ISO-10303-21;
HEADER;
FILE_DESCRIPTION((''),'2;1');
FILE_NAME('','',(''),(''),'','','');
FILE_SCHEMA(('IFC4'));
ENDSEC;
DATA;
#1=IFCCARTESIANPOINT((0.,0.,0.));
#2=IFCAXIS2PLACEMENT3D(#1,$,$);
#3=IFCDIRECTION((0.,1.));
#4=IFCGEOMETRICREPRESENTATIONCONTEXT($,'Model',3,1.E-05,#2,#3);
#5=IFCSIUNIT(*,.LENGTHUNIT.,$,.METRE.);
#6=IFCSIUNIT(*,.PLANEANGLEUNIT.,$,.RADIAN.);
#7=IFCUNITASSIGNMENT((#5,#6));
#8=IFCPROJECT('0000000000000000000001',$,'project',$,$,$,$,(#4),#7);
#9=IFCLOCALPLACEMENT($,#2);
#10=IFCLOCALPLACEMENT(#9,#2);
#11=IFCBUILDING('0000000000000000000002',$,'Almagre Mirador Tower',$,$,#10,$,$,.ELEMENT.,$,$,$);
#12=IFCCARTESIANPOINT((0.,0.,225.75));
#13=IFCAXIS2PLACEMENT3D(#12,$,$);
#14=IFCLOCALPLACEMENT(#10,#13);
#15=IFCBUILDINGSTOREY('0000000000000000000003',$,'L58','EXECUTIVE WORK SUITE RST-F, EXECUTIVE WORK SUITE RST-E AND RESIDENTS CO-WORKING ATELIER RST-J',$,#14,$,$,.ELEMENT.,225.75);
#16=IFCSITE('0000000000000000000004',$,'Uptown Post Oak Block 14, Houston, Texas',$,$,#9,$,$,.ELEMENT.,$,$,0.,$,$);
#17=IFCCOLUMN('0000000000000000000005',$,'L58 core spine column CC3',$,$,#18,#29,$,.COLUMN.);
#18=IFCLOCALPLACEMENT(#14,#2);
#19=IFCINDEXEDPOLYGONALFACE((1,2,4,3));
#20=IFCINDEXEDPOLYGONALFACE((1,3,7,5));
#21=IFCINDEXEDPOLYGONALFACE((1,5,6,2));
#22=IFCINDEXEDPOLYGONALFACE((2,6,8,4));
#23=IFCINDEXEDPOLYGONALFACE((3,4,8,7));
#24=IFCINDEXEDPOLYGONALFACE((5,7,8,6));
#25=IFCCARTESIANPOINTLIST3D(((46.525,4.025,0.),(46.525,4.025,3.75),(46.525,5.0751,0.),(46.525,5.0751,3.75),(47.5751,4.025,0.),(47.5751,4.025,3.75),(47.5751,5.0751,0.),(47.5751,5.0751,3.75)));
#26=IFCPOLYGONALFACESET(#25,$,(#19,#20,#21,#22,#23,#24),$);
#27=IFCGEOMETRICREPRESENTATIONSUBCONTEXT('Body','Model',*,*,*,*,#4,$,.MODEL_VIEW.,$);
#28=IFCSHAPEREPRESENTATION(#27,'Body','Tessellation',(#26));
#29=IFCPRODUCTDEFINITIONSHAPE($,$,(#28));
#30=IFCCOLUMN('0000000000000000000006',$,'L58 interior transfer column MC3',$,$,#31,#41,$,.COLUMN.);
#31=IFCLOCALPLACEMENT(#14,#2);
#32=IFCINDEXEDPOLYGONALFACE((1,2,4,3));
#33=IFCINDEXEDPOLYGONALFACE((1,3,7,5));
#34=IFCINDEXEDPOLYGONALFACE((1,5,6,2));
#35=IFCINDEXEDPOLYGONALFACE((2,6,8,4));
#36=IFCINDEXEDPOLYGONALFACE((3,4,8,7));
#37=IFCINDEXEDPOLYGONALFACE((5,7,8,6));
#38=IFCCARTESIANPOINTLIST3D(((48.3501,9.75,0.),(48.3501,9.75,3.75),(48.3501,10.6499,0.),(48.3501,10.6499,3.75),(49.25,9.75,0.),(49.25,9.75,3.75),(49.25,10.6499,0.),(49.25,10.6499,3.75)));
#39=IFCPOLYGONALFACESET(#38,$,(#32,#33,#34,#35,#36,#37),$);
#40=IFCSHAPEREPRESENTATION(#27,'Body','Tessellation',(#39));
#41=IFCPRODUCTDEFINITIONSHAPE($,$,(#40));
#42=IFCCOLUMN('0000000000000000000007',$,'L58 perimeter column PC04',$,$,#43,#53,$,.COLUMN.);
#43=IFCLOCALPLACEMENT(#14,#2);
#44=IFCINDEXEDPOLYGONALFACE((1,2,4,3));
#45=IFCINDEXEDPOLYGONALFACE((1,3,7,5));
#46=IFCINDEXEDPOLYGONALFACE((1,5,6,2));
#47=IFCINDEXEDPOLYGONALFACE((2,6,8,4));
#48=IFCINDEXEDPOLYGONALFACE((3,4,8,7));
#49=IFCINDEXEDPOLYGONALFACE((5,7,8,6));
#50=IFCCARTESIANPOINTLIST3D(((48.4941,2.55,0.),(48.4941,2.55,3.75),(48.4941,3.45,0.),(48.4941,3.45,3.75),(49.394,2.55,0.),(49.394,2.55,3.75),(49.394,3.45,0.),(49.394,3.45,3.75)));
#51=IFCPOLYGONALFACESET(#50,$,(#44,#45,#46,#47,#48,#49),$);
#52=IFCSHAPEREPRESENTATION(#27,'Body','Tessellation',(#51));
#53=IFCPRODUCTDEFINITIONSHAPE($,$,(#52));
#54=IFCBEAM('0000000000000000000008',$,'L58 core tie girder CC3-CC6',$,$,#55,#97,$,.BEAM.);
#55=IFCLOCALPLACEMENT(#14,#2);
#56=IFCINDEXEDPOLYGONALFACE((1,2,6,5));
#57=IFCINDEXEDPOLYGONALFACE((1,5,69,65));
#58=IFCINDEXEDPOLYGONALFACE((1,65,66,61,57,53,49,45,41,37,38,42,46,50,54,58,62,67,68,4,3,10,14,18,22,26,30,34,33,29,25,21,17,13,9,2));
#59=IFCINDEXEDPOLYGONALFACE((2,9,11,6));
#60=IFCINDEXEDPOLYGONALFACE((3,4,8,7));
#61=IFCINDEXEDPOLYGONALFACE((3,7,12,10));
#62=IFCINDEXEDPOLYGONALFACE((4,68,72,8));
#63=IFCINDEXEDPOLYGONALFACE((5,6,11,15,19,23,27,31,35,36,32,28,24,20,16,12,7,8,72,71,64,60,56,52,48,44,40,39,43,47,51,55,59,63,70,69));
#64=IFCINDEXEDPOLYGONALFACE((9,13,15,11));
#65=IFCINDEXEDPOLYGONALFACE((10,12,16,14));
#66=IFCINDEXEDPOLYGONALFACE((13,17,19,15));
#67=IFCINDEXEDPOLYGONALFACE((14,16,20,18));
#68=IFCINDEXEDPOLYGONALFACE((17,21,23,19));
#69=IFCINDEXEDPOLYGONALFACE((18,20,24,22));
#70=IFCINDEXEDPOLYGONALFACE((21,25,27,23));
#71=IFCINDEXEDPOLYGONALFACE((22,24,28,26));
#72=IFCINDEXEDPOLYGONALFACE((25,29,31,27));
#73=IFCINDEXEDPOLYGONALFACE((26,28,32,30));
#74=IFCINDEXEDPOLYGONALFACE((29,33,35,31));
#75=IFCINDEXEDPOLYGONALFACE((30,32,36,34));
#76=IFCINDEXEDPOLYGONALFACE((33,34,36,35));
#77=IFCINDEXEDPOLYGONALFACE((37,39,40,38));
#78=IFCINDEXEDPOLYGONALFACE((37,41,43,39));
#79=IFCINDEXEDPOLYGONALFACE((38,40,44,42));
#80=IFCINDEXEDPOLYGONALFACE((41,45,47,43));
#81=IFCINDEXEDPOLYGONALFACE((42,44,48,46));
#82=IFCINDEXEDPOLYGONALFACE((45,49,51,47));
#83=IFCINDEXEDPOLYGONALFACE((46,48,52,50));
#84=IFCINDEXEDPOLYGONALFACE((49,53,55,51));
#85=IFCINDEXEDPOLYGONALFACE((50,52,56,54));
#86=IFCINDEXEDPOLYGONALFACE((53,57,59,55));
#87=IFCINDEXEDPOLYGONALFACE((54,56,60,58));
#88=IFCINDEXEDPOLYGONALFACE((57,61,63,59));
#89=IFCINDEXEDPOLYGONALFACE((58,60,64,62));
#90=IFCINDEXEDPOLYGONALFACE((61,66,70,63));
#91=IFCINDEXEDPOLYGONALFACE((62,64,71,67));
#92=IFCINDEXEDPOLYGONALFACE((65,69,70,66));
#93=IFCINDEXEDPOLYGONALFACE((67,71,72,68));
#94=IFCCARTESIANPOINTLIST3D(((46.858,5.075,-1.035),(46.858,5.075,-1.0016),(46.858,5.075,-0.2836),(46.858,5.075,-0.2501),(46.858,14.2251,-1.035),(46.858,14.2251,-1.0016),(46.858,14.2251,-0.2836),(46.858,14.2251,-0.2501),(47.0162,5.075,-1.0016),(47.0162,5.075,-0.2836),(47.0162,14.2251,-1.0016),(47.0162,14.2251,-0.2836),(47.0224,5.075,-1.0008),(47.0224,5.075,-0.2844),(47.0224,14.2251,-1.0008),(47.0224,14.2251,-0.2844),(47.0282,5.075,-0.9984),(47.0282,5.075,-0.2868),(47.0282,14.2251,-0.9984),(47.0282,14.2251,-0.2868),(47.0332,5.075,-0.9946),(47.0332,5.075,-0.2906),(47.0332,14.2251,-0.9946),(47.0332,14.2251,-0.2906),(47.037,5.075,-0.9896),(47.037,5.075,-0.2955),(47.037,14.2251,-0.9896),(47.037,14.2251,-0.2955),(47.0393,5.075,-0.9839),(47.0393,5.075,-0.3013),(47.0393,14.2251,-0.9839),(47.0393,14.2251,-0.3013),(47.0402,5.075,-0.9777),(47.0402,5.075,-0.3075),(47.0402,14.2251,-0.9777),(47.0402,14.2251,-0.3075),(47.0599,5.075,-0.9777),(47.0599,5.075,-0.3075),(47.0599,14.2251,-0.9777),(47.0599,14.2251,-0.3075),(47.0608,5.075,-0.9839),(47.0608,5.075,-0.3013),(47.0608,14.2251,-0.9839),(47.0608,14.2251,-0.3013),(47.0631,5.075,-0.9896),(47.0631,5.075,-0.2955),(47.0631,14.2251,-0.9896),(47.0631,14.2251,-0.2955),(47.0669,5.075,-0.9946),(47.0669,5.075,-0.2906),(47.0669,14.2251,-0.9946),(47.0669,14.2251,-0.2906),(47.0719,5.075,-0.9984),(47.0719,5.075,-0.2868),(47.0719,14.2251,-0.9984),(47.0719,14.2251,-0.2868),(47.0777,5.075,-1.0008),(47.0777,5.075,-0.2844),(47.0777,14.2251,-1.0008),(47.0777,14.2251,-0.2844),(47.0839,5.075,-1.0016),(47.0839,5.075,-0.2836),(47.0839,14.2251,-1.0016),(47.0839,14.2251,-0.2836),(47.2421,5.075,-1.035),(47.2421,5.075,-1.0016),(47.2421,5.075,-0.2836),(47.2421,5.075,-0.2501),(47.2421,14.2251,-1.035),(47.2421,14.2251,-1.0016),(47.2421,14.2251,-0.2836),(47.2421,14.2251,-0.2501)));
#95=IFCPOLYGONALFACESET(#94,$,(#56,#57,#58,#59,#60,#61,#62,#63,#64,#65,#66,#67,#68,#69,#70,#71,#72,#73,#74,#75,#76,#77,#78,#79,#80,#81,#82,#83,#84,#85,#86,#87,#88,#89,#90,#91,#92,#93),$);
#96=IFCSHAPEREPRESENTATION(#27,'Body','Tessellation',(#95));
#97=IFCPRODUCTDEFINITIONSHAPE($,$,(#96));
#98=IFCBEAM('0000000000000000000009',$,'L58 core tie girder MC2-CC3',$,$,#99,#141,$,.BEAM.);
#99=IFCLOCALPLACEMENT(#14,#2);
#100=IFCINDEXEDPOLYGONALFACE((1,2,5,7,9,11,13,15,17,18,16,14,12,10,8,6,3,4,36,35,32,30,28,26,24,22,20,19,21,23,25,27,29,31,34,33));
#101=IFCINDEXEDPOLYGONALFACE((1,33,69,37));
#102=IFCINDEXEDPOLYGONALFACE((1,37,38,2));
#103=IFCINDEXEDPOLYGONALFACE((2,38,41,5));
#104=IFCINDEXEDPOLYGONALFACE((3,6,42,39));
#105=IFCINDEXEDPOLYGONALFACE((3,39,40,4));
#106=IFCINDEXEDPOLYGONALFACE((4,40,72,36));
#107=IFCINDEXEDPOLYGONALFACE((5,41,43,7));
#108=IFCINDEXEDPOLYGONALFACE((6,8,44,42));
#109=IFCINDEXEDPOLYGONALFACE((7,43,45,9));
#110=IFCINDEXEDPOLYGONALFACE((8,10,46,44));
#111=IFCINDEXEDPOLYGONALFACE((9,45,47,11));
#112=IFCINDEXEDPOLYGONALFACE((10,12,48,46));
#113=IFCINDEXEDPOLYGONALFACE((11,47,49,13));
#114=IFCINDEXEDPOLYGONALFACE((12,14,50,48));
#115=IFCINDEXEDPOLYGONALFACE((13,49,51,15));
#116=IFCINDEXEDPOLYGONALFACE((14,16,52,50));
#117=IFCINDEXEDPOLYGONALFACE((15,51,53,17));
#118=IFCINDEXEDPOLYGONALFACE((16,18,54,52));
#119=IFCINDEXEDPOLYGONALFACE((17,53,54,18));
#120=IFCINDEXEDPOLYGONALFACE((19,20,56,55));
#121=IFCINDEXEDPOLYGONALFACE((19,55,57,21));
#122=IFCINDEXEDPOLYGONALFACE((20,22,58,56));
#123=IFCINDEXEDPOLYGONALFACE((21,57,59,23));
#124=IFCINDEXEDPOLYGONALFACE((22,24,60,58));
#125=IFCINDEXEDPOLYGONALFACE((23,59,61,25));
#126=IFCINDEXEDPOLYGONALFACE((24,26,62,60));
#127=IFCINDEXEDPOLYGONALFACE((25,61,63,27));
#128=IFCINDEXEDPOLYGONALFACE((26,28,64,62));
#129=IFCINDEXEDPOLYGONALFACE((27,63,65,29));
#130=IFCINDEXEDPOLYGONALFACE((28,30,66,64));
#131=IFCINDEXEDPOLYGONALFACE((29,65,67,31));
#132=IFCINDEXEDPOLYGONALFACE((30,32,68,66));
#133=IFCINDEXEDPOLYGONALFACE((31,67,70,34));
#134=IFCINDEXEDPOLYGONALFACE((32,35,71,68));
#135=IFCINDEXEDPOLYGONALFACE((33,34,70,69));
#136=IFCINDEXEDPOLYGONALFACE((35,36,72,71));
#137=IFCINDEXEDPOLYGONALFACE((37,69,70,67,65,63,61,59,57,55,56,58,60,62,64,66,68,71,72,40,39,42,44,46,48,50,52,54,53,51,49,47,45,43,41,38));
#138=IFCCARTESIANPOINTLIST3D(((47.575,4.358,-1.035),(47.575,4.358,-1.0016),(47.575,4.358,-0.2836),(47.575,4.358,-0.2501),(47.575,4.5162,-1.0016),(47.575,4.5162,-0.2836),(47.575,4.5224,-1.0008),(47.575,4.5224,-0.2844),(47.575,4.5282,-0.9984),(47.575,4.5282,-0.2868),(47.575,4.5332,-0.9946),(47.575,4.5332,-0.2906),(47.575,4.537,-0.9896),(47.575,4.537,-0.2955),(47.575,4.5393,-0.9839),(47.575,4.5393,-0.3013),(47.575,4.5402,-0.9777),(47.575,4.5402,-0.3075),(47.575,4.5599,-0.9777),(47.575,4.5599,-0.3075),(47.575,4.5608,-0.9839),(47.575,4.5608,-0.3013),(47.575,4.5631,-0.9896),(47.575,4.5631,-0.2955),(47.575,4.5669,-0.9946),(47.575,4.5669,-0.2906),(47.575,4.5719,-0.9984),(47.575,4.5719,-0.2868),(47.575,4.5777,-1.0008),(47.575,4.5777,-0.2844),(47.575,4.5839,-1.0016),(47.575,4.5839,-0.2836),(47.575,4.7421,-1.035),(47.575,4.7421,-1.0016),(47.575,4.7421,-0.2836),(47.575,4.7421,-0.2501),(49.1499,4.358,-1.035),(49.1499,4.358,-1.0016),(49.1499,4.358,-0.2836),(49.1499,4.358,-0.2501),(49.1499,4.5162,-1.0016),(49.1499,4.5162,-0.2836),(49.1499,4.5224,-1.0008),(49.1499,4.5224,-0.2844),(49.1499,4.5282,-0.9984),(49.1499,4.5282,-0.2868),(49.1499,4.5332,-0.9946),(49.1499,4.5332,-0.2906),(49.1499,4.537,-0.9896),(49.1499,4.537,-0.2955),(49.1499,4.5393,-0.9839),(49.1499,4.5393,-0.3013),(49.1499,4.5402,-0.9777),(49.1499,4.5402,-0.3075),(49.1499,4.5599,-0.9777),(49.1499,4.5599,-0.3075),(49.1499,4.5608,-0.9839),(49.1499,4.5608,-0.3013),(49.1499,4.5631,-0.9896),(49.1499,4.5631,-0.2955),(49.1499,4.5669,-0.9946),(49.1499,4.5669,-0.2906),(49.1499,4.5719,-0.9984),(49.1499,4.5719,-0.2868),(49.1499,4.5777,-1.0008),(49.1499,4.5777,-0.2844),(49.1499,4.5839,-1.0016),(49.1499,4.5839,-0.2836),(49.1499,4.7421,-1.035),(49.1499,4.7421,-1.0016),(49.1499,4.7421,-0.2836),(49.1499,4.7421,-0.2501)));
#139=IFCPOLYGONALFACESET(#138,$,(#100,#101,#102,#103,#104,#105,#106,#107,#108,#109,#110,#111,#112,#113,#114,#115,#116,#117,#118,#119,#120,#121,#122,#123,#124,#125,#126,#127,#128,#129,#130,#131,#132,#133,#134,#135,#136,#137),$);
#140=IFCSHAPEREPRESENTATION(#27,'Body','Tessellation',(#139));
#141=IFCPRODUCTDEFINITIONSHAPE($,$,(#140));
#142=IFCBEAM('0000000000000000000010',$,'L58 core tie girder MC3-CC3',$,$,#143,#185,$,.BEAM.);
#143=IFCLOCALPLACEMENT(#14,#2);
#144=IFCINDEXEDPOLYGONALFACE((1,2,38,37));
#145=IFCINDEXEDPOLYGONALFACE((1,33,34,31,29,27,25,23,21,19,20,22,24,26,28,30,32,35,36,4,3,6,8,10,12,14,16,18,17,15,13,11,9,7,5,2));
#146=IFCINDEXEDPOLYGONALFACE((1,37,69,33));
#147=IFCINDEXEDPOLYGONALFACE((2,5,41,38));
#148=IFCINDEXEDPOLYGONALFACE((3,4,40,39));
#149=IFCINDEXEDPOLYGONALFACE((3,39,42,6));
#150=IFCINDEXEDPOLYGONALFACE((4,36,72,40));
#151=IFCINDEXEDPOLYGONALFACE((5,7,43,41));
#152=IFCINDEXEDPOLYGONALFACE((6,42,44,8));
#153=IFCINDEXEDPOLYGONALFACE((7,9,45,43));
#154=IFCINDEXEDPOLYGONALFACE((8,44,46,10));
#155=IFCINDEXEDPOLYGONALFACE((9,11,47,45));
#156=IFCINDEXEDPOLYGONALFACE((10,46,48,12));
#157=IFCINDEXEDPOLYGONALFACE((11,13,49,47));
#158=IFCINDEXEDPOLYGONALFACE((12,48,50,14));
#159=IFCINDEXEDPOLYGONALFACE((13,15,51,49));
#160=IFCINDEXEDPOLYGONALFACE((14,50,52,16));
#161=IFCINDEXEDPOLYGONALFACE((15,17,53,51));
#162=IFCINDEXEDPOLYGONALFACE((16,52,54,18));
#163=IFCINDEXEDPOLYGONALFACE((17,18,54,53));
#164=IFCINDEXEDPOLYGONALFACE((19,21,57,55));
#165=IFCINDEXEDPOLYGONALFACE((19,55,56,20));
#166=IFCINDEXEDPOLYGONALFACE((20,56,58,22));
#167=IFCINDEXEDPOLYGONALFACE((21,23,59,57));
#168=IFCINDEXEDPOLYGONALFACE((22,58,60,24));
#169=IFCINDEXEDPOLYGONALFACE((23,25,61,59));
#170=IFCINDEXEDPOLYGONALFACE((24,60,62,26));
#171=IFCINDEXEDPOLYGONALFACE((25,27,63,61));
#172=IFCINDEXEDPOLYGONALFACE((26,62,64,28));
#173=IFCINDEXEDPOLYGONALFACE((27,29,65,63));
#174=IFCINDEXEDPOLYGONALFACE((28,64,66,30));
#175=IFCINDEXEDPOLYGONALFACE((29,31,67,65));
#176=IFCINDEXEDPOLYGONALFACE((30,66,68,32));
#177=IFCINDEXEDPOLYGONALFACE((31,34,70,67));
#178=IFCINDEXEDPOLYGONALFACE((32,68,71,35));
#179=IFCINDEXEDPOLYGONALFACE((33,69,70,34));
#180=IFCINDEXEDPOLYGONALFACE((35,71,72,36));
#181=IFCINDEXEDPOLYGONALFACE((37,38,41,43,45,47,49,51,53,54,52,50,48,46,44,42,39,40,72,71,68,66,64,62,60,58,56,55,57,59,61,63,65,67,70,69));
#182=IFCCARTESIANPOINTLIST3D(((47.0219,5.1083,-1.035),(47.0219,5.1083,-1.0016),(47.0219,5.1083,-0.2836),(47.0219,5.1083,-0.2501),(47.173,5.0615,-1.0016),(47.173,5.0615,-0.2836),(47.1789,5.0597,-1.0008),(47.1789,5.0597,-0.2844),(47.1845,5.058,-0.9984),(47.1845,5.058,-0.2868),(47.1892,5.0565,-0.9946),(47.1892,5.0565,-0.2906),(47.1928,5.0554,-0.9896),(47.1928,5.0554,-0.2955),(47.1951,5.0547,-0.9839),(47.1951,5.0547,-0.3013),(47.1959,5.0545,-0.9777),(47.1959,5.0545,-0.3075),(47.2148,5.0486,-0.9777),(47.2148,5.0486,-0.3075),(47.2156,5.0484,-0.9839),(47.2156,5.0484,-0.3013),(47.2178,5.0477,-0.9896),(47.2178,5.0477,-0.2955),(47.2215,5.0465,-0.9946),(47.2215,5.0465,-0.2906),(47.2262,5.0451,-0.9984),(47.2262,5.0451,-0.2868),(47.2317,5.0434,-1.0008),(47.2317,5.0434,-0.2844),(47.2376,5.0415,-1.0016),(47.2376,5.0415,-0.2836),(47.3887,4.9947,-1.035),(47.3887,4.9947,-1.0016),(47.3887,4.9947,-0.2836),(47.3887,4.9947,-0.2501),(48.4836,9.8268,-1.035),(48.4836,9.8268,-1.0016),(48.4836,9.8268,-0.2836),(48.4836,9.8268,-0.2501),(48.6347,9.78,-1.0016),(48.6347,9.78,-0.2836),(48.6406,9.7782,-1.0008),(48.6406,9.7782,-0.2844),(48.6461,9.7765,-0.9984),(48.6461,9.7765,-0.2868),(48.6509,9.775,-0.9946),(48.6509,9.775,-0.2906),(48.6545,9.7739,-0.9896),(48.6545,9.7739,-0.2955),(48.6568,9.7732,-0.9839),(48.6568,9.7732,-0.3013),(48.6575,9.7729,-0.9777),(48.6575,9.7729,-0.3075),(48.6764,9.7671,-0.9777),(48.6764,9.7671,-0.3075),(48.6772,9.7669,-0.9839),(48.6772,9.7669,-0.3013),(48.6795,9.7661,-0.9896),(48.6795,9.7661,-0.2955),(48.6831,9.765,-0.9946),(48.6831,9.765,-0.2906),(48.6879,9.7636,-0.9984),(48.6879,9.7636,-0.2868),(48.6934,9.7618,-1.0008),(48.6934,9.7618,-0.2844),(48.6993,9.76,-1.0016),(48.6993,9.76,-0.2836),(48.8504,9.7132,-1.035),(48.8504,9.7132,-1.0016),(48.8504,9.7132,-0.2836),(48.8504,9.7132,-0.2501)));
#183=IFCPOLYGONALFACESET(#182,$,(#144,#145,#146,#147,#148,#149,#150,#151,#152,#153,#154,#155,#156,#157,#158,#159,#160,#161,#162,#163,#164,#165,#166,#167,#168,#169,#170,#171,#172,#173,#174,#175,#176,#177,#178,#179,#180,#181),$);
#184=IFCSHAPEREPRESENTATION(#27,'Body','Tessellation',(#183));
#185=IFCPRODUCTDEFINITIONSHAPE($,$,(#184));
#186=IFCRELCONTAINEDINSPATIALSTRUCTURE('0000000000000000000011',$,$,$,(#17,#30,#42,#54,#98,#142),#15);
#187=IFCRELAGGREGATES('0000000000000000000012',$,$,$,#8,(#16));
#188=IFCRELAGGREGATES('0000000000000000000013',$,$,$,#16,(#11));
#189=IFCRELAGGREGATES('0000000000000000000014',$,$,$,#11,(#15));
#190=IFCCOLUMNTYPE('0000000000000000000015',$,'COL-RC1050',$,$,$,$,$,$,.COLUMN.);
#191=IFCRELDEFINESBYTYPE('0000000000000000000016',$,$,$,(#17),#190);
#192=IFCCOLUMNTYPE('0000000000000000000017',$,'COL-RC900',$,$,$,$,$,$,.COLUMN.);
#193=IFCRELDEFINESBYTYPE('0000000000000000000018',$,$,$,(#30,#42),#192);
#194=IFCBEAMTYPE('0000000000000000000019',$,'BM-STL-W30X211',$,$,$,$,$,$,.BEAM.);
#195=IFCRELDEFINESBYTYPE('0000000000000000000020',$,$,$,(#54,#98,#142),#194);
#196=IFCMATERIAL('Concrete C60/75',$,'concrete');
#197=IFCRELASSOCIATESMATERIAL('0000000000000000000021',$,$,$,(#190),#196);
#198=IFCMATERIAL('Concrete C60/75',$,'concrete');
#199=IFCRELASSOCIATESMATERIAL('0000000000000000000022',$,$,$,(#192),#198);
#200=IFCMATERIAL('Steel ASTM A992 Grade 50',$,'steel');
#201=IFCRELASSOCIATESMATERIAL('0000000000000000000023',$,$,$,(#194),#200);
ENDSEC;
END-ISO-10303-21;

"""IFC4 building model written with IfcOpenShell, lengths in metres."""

from ifc_helpers import new_model, si_unit, direction, frame, origin, origin_2d, place, context, subcontext, project, spatial, rectangle, i_section, extrude, material, material_profile, profile_set, type_object, element, save


model = new_model("IFC4")

# Units and contexts
model_context = context("Model", 3, precision=1e-05, world=origin(), true_north=direction((0.0, 1.0)))
body_context = subcontext(model_context, "Body", "Model", "MODEL_VIEW")
ifc_project = project(units=[si_unit("LENGTHUNIT", "METRE"), si_unit("PLANEANGLEUNIT", "RADIAN")], contexts=[model_context])

# Site, building, storey
site_placement = place(None, origin())
site = spatial("IfcSite", under=ifc_project, at=site_placement, Name="Uptown Post Oak Block 14, Houston, Texas", CompositionType="ELEMENT", RefElevation=0.0)
building_placement = place(site_placement, origin())
building = spatial("IfcBuilding", under=site, at=building_placement, Name="Almagre Mirador Tower", CompositionType="ELEMENT")
storey_placement = place(building_placement, frame((0.0, 0.0, 225.75)))
storey = spatial("IfcBuildingStorey", under=building, at=storey_placement, Name="L58", Description="EXECUTIVE WORK SUITE RST-F, EXECUTIVE WORK SUITE RST-E AND RESIDENTS CO-WORKING ATELIER RST-J", CompositionType="ELEMENT", Elevation=225.75)

# Columns
ifc_material_1 = material(Name="Concrete C60/75", Category="concrete")
ifc_material_profile_1 = material_profile(ifc_material_1, rectangle(XDim=1.05, YDim=1.05, at=origin_2d()), Name="RC1050X1050")
ifc_profile_set_1 = profile_set([ifc_material_profile_1], Name="Concrete C60/75")
column_type_1 = type_object("IfcColumnType", Name="COL-RC1050", PredefinedType="COLUMN", material=ifc_profile_set_1)
column_placement = place(storey_placement, frame((47.05, 4.55, 0.0), z_axis=(0.0, 0.0, 1.0), x_axis=(1.0, 0.0, 0.0)))
element("IfcColumn", 1, at=column_placement, inside=storey, type_object=column_type_1, Name="L58 core spine column CC3", PredefinedType="COLUMN", context=body_context, shape_type="SweptSolid", body=[
    extrude(rectangle(XDim=1.05, YDim=1.05, at=origin_2d()), origin(), (0.0, 0.0, 1.0), 3.75),
])
ifc_material_2 = material(Name="Concrete C60/75", Category="concrete")
ifc_material_profile_2 = material_profile(ifc_material_2, rectangle(XDim=0.8999, YDim=0.8999, at=origin_2d()), Name="RC900X900")
ifc_profile_set_2 = profile_set([ifc_material_profile_2], Name="Concrete C60/75")
column_type_2 = type_object("IfcColumnType", Name="COL-RC900", PredefinedType="COLUMN", material=ifc_profile_set_2)
for number, where, z_axis, x_axis, name in (
    (2, (48.8, 10.2, 0.0), (0.0, 0.0, 1.0), (1.0, 0.0, 0.0), "L58 interior transfer column MC3"),
    (3, (48.9441, 3.0, 0.0), (0.0, 0.0, 1.0), (1.0, 0.0, 0.0), "L58 perimeter column PC04"),
):
    element("IfcColumn", number, at=place(storey_placement, frame(where, z_axis=z_axis, x_axis=x_axis)), inside=storey, type_object=column_type_2, Name=name, PredefinedType="COLUMN", context=body_context, shape_type="SweptSolid", body=[
        extrude(rectangle(XDim=0.8999, YDim=0.8999, at=origin_2d()), origin(), (0.0, 0.0, 1.0), 3.75),
    ])

# Beams
ifc_material_3 = material(Name="Steel ASTM A992 Grade 50", Category="steel")
ifc_material_profile_3 = material_profile(ifc_material_3, i_section(OverallWidth=0.384, OverallDepth=0.7849, WebThickness=0.0198, FlangeThickness=0.0334, FilletRadius=0.0239, at=origin_2d()), Name="W30X211")
ifc_profile_set_3 = profile_set([ifc_material_profile_3], Name="Steel ASTM A992 Grade 50")
beam_type = type_object("IfcBeamType", Name="BM-STL-W30X211", PredefinedType="BEAM", material=ifc_profile_set_3)
beam_1_placement = place(storey_placement, frame((47.05, 5.075, -0.6426), z_axis=(0.0, 1.0, 0.0), x_axis=(-1.0, 0.0, 0.0)))
element("IfcBeam", 4, at=beam_1_placement, inside=storey, type_object=beam_type, Name="L58 core tie girder CC3-CC6", PredefinedType="BEAM", context=body_context, shape_type="SweptSolid", body=[
    extrude(i_section(OverallWidth=0.384, OverallDepth=0.7849, WebThickness=0.0198, FlangeThickness=0.0334, FilletRadius=0.0239, at=origin_2d()), origin(), (0.0, 0.0, 1.0), 9.1501),
])
beam_2_placement = place(storey_placement, frame((49.1499, 4.55, -0.6426), z_axis=(-1.0, 0.0, 0.0), x_axis=(0.0, -1.0, 0.0)))
element("IfcBeam", 5, at=beam_2_placement, inside=storey, type_object=beam_type, Name="L58 core tie girder MC2-CC3", PredefinedType="BEAM", context=body_context, shape_type="SweptSolid", body=[
    extrude(i_section(OverallWidth=0.384, OverallDepth=0.7849, WebThickness=0.0198, FlangeThickness=0.0334, FilletRadius=0.0239, at=origin_2d()), origin(), (0.0, 0.0, 1.0), 1.575),
])
beam_3_placement = place(storey_placement, frame((48.667, 9.77, -0.6426), z_axis=(-0.295902, -0.955218, 0.0), x_axis=(0.955218, -0.295902, 0.0)))
element("IfcBeam", 6, at=beam_3_placement, inside=storey, type_object=beam_type, Name="L58 core tie girder MC3-CC3", PredefinedType="BEAM", context=body_context, shape_type="SweptSolid", body=[
    extrude(i_section(OverallWidth=0.384, OverallDepth=0.7849, WebThickness=0.0198, FlangeThickness=0.0334, FilletRadius=0.0239, at=origin_2d()), origin(), (0.0, 0.0, 1.0), 4.9397),
])

save(model, "model.ifc")
